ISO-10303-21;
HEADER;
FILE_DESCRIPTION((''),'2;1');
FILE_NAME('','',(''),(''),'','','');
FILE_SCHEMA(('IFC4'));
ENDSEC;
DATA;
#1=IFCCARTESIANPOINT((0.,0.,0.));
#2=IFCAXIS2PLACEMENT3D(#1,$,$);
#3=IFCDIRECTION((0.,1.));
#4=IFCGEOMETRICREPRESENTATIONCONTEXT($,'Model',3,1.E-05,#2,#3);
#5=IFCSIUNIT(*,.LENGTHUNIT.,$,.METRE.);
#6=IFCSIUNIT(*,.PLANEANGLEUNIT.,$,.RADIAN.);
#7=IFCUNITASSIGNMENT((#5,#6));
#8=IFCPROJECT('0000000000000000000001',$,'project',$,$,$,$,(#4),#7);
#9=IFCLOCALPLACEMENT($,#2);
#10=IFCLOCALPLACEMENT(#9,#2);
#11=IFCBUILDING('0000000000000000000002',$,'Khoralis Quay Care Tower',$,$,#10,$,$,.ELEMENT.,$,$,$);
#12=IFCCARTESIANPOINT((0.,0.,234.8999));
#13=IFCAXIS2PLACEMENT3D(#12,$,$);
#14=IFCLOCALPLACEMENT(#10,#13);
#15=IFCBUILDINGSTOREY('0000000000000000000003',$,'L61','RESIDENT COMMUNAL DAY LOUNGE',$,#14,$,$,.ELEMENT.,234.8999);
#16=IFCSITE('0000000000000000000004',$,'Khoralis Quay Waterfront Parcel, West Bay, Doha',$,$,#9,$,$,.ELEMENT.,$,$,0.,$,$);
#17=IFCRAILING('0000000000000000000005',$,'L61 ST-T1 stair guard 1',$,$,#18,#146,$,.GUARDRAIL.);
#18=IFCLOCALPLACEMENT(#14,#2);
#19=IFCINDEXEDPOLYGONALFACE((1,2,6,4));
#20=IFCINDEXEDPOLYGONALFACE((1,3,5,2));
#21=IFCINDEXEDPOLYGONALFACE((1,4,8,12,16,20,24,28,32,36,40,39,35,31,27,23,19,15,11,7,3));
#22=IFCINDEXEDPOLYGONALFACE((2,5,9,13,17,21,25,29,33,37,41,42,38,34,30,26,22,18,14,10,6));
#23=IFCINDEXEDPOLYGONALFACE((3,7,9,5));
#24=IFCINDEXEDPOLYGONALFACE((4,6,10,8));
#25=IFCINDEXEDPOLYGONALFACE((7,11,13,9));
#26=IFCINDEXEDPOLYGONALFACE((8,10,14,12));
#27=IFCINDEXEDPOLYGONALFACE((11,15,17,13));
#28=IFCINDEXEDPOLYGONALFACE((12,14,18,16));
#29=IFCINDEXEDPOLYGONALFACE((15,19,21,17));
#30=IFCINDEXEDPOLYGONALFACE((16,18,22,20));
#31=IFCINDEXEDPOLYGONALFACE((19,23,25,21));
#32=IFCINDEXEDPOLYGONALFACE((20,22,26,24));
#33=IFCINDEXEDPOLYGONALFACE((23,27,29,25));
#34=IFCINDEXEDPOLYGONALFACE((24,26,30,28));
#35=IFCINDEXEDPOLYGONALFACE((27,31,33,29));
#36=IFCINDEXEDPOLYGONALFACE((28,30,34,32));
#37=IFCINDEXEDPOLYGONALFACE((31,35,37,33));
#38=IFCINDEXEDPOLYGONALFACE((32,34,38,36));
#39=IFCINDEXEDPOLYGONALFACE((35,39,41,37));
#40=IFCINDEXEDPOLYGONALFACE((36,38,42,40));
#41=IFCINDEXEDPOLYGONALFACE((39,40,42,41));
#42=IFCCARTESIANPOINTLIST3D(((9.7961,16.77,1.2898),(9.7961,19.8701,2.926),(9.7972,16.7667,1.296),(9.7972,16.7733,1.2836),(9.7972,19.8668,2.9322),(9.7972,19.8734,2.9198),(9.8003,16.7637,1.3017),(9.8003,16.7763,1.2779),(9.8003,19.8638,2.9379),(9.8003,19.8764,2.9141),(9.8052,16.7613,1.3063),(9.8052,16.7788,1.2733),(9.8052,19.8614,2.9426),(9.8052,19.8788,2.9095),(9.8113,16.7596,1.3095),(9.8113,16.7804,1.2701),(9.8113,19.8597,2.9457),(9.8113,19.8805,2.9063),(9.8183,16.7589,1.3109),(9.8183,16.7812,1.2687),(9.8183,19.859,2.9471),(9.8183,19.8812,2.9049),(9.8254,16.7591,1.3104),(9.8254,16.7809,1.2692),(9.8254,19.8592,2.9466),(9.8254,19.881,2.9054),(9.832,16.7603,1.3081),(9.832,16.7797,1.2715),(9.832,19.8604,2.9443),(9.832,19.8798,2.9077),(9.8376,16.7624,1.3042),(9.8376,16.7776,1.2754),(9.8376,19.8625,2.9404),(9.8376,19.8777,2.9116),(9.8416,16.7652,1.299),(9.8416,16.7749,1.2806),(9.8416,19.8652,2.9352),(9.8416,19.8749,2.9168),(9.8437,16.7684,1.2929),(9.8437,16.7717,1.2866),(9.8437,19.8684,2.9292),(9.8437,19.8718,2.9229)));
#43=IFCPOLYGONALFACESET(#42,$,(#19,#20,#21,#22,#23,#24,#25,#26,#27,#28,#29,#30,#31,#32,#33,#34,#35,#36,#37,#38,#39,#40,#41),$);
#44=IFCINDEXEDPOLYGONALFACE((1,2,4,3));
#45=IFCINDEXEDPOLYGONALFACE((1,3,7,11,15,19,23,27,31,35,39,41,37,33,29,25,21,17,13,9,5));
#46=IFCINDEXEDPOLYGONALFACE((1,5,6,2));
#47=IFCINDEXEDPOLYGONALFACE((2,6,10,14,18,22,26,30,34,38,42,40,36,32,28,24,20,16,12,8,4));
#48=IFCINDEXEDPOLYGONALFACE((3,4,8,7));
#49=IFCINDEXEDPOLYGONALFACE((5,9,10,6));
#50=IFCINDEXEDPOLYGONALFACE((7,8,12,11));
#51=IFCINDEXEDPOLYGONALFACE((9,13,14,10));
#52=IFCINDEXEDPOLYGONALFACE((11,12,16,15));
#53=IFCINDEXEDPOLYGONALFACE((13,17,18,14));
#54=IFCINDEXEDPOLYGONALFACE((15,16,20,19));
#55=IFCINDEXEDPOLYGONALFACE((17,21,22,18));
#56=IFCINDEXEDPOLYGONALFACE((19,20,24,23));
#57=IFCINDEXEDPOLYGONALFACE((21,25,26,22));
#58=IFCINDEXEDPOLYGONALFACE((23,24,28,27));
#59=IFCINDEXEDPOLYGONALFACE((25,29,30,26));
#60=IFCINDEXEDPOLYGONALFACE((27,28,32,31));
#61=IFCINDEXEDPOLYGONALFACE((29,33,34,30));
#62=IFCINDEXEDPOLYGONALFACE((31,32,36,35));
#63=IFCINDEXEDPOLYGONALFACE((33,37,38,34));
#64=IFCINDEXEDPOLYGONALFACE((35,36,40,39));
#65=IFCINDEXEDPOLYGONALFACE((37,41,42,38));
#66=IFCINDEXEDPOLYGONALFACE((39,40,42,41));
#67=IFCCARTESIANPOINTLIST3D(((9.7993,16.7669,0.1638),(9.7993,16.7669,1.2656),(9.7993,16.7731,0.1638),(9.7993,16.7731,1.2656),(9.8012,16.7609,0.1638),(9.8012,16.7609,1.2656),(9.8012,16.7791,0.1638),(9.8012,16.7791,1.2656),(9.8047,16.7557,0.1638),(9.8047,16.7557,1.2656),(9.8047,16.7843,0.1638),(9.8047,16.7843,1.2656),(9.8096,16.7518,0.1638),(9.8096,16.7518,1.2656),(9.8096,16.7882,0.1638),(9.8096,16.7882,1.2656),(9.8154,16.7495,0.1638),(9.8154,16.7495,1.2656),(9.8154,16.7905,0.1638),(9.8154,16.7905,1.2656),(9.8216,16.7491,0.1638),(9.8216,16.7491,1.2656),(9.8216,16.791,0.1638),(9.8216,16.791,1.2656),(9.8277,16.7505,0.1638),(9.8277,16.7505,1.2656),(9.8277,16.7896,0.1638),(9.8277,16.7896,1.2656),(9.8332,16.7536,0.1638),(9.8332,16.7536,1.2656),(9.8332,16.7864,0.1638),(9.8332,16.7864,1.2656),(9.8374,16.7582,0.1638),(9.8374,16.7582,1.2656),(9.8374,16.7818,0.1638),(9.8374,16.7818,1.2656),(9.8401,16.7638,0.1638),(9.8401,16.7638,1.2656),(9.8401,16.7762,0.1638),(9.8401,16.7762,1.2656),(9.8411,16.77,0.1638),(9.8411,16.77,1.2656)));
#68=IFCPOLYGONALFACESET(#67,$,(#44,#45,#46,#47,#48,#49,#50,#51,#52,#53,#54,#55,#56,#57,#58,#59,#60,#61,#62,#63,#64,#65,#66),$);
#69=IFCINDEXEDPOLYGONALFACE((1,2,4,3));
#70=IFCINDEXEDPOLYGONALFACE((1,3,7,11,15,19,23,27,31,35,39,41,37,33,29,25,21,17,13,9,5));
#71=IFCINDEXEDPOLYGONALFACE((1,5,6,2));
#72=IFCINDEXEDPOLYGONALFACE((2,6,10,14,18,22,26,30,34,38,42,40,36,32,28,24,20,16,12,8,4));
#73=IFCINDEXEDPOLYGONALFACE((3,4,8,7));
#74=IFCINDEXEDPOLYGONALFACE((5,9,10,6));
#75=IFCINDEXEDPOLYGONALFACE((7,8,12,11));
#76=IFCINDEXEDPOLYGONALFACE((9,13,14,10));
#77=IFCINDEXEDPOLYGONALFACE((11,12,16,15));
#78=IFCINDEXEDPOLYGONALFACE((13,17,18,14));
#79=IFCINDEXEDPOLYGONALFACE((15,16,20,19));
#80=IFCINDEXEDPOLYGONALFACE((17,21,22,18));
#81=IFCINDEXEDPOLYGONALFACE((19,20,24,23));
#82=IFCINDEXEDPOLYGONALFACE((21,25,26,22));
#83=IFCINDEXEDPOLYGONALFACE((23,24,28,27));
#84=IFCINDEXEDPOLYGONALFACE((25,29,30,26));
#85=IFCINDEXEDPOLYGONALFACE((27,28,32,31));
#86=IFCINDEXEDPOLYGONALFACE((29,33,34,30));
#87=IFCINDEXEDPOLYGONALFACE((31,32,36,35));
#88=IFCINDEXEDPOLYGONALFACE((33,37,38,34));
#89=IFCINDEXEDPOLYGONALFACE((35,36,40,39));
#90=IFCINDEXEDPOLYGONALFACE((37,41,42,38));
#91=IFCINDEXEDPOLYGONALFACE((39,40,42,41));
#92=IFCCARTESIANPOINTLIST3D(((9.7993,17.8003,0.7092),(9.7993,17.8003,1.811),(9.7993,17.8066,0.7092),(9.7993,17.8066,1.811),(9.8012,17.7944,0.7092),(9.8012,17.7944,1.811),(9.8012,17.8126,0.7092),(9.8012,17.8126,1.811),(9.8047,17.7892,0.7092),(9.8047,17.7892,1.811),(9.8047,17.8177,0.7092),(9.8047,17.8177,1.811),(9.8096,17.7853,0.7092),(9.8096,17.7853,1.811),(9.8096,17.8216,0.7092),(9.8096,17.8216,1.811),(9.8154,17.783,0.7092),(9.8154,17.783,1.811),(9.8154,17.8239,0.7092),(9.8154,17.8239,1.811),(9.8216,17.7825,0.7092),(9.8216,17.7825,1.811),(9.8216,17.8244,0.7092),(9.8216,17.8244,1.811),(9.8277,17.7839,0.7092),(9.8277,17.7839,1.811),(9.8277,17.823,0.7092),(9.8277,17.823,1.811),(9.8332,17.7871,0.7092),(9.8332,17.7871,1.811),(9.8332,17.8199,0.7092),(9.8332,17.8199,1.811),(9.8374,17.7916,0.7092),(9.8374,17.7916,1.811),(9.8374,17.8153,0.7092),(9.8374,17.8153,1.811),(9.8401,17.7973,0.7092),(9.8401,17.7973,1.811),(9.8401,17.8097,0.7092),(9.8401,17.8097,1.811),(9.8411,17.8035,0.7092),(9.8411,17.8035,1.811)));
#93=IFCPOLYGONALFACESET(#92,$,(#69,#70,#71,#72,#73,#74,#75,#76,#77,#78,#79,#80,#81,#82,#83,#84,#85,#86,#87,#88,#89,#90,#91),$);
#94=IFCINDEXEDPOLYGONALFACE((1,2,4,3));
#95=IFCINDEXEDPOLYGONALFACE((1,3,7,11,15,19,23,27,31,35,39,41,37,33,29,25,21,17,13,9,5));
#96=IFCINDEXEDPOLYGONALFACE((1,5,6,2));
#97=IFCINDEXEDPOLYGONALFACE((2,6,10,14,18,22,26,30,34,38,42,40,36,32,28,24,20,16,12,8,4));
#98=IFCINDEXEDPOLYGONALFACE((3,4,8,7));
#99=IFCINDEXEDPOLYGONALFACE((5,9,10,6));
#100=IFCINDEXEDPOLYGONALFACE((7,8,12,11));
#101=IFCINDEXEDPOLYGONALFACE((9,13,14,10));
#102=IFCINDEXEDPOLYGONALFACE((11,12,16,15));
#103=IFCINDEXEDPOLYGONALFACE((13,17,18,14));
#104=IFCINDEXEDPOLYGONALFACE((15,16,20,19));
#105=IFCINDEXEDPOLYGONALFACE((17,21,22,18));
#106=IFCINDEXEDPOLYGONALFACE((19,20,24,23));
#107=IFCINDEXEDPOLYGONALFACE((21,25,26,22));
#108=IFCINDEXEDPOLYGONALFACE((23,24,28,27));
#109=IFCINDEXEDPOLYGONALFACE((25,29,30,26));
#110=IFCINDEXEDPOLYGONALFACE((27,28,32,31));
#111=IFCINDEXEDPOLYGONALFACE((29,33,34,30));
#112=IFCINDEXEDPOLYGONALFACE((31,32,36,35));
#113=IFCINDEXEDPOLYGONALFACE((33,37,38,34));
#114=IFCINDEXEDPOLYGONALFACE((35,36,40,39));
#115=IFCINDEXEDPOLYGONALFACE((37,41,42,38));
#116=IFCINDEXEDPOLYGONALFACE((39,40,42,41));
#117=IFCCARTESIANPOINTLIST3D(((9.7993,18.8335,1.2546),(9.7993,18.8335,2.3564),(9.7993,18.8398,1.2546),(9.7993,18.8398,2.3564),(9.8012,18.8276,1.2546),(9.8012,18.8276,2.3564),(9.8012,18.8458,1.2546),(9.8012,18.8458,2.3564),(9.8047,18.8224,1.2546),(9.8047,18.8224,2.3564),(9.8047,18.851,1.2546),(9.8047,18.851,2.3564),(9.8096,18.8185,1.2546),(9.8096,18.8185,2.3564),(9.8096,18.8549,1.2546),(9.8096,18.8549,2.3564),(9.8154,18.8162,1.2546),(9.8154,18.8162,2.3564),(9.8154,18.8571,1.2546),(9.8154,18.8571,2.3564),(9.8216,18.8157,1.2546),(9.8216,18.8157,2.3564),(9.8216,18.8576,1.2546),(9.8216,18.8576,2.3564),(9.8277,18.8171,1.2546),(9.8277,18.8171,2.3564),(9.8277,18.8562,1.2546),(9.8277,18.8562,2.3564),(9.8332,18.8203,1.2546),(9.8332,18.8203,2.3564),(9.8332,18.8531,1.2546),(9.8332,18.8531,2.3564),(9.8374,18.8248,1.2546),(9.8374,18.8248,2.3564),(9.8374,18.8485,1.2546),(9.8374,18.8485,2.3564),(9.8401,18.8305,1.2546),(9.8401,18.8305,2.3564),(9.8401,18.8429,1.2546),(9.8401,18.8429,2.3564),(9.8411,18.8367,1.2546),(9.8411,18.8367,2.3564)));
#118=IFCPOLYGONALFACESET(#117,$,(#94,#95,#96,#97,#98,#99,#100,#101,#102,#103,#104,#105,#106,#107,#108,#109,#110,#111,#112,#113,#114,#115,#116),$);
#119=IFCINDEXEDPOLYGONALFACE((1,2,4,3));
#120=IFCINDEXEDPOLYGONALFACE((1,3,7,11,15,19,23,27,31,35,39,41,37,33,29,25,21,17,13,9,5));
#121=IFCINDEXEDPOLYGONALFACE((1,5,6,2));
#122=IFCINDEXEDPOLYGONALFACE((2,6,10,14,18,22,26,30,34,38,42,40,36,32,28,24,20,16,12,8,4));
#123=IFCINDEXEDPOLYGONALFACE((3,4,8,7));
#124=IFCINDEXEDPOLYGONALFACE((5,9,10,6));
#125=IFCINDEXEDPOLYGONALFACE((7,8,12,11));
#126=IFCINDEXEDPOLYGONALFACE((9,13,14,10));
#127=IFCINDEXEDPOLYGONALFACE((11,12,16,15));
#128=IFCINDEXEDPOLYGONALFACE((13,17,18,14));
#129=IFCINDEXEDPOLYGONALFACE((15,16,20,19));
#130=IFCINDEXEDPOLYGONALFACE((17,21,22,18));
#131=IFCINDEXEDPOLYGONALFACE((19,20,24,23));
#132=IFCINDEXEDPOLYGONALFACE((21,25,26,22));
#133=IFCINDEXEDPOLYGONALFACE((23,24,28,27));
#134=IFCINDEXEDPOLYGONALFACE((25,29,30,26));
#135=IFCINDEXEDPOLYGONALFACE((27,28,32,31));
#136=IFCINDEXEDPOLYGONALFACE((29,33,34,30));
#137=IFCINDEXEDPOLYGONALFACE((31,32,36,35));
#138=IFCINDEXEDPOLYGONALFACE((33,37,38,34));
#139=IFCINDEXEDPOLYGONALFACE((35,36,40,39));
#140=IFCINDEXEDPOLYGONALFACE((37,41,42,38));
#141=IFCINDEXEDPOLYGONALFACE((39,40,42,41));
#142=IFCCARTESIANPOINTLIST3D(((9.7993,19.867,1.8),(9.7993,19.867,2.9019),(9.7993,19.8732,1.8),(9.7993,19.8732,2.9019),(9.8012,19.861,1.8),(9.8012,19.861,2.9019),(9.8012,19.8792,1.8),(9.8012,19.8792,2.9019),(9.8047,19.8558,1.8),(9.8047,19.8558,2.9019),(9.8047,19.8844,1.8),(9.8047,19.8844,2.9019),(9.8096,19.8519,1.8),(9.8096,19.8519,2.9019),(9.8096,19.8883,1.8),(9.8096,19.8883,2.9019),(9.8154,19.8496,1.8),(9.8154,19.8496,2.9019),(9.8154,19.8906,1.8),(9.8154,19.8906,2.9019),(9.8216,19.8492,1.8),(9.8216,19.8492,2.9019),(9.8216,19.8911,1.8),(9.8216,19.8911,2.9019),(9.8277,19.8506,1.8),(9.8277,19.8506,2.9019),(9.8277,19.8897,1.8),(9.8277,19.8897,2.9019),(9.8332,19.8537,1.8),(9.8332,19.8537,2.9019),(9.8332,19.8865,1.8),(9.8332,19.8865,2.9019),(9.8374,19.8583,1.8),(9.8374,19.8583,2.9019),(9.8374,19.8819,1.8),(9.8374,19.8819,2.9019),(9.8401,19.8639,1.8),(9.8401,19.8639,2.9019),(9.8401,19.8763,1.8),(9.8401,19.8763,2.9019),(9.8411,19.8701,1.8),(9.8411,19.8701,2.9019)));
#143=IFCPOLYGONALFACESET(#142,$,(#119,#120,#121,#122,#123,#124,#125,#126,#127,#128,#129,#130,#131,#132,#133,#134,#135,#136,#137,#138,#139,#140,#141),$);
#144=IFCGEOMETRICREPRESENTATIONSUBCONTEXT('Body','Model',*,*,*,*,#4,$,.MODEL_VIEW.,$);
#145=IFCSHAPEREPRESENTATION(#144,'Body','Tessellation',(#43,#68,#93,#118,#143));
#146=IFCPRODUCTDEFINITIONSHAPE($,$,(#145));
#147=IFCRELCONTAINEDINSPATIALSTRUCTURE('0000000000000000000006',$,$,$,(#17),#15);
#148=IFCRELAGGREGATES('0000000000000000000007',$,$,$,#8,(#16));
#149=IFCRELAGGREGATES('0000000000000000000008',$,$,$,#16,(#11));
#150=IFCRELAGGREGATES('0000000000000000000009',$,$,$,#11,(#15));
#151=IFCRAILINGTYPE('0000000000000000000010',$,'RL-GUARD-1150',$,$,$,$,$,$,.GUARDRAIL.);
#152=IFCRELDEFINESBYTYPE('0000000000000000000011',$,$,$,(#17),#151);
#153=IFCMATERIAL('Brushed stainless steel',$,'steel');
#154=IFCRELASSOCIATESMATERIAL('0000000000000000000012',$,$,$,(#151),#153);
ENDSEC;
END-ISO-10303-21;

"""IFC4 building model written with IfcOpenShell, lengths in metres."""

from ifc_helpers import new_model, si_unit, direction, frame, origin, origin_2d, place, context, subcontext, project, spatial, circle, extrude, material, type_object, element, save


model = new_model("IFC4")

# Units and contexts
model_context = context("Model", 3, precision=1e-05, world=origin(), true_north=direction((0.0, 1.0)))
body_context = subcontext(model_context, "Body", "Model", "MODEL_VIEW")
ifc_project = project(units=[si_unit("LENGTHUNIT", "METRE"), si_unit("PLANEANGLEUNIT", "RADIAN")], contexts=[model_context])

# Site, building, storey
site_placement = place(None, origin())
site = spatial("IfcSite", under=ifc_project, at=site_placement, Name="Khoralis Quay Waterfront Parcel, West Bay, Doha", CompositionType="ELEMENT", RefElevation=0.0)
building_placement = place(site_placement, origin())
building = spatial("IfcBuilding", under=site, at=building_placement, Name="Khoralis Quay Care Tower", CompositionType="ELEMENT")
storey_placement = place(building_placement, frame((0.0, 0.0, 234.8999)))
storey = spatial("IfcBuildingStorey", under=building, at=storey_placement, Name="L61", Description="RESIDENT COMMUNAL DAY LOUNGE", CompositionType="ELEMENT", Elevation=234.8999)

# Shared definitions
ifc_material_1 = material(Name="Brushed stainless steel", Category="steel")

# Railing
railing_type = type_object("IfcRailingType", Name="RL-GUARD-1150", PredefinedType="GUARDRAIL", material=ifc_material_1)
railing_1_placement = place(storey_placement, frame((9.8201, 16.77, 0.1638)))
element("IfcRailing", 1, at=railing_1_placement, inside=storey, type_object=railing_type, Name="L61 ST-T1 stair guard 1", PredefinedType="GUARDRAIL", context=body_context, shape_type="SweptSolid", body=[
    extrude(circle(Radius=0.0239, at=origin_2d()), frame((0.0, 0.0, 1.126), z_axis=(0.0, 0.884377, 0.466774), x_axis=(-1.0, 0.0, 0.0)), (0.0, 0.0, 1.0), 3.5054),
    extrude(circle(Radius=0.021, at=origin_2d()), origin(), (0.0, 0.0, 1.0), 1.1018),
    extrude(circle(Radius=0.021, at=origin_2d()), frame((0.0, 1.0334, 0.5454)), (0.0, 0.0, 1.0), 1.1018),
    extrude(circle(Radius=0.021, at=origin_2d()), frame((0.0, 2.0667, 1.0908)), (0.0, 0.0, 1.0), 1.1018),
    extrude(circle(Radius=0.021, at=origin_2d()), frame((0.0, 3.1001, 1.6362)), (0.0, 0.0, 1.0), 1.1018),
])

save(model, "model.ifc")
